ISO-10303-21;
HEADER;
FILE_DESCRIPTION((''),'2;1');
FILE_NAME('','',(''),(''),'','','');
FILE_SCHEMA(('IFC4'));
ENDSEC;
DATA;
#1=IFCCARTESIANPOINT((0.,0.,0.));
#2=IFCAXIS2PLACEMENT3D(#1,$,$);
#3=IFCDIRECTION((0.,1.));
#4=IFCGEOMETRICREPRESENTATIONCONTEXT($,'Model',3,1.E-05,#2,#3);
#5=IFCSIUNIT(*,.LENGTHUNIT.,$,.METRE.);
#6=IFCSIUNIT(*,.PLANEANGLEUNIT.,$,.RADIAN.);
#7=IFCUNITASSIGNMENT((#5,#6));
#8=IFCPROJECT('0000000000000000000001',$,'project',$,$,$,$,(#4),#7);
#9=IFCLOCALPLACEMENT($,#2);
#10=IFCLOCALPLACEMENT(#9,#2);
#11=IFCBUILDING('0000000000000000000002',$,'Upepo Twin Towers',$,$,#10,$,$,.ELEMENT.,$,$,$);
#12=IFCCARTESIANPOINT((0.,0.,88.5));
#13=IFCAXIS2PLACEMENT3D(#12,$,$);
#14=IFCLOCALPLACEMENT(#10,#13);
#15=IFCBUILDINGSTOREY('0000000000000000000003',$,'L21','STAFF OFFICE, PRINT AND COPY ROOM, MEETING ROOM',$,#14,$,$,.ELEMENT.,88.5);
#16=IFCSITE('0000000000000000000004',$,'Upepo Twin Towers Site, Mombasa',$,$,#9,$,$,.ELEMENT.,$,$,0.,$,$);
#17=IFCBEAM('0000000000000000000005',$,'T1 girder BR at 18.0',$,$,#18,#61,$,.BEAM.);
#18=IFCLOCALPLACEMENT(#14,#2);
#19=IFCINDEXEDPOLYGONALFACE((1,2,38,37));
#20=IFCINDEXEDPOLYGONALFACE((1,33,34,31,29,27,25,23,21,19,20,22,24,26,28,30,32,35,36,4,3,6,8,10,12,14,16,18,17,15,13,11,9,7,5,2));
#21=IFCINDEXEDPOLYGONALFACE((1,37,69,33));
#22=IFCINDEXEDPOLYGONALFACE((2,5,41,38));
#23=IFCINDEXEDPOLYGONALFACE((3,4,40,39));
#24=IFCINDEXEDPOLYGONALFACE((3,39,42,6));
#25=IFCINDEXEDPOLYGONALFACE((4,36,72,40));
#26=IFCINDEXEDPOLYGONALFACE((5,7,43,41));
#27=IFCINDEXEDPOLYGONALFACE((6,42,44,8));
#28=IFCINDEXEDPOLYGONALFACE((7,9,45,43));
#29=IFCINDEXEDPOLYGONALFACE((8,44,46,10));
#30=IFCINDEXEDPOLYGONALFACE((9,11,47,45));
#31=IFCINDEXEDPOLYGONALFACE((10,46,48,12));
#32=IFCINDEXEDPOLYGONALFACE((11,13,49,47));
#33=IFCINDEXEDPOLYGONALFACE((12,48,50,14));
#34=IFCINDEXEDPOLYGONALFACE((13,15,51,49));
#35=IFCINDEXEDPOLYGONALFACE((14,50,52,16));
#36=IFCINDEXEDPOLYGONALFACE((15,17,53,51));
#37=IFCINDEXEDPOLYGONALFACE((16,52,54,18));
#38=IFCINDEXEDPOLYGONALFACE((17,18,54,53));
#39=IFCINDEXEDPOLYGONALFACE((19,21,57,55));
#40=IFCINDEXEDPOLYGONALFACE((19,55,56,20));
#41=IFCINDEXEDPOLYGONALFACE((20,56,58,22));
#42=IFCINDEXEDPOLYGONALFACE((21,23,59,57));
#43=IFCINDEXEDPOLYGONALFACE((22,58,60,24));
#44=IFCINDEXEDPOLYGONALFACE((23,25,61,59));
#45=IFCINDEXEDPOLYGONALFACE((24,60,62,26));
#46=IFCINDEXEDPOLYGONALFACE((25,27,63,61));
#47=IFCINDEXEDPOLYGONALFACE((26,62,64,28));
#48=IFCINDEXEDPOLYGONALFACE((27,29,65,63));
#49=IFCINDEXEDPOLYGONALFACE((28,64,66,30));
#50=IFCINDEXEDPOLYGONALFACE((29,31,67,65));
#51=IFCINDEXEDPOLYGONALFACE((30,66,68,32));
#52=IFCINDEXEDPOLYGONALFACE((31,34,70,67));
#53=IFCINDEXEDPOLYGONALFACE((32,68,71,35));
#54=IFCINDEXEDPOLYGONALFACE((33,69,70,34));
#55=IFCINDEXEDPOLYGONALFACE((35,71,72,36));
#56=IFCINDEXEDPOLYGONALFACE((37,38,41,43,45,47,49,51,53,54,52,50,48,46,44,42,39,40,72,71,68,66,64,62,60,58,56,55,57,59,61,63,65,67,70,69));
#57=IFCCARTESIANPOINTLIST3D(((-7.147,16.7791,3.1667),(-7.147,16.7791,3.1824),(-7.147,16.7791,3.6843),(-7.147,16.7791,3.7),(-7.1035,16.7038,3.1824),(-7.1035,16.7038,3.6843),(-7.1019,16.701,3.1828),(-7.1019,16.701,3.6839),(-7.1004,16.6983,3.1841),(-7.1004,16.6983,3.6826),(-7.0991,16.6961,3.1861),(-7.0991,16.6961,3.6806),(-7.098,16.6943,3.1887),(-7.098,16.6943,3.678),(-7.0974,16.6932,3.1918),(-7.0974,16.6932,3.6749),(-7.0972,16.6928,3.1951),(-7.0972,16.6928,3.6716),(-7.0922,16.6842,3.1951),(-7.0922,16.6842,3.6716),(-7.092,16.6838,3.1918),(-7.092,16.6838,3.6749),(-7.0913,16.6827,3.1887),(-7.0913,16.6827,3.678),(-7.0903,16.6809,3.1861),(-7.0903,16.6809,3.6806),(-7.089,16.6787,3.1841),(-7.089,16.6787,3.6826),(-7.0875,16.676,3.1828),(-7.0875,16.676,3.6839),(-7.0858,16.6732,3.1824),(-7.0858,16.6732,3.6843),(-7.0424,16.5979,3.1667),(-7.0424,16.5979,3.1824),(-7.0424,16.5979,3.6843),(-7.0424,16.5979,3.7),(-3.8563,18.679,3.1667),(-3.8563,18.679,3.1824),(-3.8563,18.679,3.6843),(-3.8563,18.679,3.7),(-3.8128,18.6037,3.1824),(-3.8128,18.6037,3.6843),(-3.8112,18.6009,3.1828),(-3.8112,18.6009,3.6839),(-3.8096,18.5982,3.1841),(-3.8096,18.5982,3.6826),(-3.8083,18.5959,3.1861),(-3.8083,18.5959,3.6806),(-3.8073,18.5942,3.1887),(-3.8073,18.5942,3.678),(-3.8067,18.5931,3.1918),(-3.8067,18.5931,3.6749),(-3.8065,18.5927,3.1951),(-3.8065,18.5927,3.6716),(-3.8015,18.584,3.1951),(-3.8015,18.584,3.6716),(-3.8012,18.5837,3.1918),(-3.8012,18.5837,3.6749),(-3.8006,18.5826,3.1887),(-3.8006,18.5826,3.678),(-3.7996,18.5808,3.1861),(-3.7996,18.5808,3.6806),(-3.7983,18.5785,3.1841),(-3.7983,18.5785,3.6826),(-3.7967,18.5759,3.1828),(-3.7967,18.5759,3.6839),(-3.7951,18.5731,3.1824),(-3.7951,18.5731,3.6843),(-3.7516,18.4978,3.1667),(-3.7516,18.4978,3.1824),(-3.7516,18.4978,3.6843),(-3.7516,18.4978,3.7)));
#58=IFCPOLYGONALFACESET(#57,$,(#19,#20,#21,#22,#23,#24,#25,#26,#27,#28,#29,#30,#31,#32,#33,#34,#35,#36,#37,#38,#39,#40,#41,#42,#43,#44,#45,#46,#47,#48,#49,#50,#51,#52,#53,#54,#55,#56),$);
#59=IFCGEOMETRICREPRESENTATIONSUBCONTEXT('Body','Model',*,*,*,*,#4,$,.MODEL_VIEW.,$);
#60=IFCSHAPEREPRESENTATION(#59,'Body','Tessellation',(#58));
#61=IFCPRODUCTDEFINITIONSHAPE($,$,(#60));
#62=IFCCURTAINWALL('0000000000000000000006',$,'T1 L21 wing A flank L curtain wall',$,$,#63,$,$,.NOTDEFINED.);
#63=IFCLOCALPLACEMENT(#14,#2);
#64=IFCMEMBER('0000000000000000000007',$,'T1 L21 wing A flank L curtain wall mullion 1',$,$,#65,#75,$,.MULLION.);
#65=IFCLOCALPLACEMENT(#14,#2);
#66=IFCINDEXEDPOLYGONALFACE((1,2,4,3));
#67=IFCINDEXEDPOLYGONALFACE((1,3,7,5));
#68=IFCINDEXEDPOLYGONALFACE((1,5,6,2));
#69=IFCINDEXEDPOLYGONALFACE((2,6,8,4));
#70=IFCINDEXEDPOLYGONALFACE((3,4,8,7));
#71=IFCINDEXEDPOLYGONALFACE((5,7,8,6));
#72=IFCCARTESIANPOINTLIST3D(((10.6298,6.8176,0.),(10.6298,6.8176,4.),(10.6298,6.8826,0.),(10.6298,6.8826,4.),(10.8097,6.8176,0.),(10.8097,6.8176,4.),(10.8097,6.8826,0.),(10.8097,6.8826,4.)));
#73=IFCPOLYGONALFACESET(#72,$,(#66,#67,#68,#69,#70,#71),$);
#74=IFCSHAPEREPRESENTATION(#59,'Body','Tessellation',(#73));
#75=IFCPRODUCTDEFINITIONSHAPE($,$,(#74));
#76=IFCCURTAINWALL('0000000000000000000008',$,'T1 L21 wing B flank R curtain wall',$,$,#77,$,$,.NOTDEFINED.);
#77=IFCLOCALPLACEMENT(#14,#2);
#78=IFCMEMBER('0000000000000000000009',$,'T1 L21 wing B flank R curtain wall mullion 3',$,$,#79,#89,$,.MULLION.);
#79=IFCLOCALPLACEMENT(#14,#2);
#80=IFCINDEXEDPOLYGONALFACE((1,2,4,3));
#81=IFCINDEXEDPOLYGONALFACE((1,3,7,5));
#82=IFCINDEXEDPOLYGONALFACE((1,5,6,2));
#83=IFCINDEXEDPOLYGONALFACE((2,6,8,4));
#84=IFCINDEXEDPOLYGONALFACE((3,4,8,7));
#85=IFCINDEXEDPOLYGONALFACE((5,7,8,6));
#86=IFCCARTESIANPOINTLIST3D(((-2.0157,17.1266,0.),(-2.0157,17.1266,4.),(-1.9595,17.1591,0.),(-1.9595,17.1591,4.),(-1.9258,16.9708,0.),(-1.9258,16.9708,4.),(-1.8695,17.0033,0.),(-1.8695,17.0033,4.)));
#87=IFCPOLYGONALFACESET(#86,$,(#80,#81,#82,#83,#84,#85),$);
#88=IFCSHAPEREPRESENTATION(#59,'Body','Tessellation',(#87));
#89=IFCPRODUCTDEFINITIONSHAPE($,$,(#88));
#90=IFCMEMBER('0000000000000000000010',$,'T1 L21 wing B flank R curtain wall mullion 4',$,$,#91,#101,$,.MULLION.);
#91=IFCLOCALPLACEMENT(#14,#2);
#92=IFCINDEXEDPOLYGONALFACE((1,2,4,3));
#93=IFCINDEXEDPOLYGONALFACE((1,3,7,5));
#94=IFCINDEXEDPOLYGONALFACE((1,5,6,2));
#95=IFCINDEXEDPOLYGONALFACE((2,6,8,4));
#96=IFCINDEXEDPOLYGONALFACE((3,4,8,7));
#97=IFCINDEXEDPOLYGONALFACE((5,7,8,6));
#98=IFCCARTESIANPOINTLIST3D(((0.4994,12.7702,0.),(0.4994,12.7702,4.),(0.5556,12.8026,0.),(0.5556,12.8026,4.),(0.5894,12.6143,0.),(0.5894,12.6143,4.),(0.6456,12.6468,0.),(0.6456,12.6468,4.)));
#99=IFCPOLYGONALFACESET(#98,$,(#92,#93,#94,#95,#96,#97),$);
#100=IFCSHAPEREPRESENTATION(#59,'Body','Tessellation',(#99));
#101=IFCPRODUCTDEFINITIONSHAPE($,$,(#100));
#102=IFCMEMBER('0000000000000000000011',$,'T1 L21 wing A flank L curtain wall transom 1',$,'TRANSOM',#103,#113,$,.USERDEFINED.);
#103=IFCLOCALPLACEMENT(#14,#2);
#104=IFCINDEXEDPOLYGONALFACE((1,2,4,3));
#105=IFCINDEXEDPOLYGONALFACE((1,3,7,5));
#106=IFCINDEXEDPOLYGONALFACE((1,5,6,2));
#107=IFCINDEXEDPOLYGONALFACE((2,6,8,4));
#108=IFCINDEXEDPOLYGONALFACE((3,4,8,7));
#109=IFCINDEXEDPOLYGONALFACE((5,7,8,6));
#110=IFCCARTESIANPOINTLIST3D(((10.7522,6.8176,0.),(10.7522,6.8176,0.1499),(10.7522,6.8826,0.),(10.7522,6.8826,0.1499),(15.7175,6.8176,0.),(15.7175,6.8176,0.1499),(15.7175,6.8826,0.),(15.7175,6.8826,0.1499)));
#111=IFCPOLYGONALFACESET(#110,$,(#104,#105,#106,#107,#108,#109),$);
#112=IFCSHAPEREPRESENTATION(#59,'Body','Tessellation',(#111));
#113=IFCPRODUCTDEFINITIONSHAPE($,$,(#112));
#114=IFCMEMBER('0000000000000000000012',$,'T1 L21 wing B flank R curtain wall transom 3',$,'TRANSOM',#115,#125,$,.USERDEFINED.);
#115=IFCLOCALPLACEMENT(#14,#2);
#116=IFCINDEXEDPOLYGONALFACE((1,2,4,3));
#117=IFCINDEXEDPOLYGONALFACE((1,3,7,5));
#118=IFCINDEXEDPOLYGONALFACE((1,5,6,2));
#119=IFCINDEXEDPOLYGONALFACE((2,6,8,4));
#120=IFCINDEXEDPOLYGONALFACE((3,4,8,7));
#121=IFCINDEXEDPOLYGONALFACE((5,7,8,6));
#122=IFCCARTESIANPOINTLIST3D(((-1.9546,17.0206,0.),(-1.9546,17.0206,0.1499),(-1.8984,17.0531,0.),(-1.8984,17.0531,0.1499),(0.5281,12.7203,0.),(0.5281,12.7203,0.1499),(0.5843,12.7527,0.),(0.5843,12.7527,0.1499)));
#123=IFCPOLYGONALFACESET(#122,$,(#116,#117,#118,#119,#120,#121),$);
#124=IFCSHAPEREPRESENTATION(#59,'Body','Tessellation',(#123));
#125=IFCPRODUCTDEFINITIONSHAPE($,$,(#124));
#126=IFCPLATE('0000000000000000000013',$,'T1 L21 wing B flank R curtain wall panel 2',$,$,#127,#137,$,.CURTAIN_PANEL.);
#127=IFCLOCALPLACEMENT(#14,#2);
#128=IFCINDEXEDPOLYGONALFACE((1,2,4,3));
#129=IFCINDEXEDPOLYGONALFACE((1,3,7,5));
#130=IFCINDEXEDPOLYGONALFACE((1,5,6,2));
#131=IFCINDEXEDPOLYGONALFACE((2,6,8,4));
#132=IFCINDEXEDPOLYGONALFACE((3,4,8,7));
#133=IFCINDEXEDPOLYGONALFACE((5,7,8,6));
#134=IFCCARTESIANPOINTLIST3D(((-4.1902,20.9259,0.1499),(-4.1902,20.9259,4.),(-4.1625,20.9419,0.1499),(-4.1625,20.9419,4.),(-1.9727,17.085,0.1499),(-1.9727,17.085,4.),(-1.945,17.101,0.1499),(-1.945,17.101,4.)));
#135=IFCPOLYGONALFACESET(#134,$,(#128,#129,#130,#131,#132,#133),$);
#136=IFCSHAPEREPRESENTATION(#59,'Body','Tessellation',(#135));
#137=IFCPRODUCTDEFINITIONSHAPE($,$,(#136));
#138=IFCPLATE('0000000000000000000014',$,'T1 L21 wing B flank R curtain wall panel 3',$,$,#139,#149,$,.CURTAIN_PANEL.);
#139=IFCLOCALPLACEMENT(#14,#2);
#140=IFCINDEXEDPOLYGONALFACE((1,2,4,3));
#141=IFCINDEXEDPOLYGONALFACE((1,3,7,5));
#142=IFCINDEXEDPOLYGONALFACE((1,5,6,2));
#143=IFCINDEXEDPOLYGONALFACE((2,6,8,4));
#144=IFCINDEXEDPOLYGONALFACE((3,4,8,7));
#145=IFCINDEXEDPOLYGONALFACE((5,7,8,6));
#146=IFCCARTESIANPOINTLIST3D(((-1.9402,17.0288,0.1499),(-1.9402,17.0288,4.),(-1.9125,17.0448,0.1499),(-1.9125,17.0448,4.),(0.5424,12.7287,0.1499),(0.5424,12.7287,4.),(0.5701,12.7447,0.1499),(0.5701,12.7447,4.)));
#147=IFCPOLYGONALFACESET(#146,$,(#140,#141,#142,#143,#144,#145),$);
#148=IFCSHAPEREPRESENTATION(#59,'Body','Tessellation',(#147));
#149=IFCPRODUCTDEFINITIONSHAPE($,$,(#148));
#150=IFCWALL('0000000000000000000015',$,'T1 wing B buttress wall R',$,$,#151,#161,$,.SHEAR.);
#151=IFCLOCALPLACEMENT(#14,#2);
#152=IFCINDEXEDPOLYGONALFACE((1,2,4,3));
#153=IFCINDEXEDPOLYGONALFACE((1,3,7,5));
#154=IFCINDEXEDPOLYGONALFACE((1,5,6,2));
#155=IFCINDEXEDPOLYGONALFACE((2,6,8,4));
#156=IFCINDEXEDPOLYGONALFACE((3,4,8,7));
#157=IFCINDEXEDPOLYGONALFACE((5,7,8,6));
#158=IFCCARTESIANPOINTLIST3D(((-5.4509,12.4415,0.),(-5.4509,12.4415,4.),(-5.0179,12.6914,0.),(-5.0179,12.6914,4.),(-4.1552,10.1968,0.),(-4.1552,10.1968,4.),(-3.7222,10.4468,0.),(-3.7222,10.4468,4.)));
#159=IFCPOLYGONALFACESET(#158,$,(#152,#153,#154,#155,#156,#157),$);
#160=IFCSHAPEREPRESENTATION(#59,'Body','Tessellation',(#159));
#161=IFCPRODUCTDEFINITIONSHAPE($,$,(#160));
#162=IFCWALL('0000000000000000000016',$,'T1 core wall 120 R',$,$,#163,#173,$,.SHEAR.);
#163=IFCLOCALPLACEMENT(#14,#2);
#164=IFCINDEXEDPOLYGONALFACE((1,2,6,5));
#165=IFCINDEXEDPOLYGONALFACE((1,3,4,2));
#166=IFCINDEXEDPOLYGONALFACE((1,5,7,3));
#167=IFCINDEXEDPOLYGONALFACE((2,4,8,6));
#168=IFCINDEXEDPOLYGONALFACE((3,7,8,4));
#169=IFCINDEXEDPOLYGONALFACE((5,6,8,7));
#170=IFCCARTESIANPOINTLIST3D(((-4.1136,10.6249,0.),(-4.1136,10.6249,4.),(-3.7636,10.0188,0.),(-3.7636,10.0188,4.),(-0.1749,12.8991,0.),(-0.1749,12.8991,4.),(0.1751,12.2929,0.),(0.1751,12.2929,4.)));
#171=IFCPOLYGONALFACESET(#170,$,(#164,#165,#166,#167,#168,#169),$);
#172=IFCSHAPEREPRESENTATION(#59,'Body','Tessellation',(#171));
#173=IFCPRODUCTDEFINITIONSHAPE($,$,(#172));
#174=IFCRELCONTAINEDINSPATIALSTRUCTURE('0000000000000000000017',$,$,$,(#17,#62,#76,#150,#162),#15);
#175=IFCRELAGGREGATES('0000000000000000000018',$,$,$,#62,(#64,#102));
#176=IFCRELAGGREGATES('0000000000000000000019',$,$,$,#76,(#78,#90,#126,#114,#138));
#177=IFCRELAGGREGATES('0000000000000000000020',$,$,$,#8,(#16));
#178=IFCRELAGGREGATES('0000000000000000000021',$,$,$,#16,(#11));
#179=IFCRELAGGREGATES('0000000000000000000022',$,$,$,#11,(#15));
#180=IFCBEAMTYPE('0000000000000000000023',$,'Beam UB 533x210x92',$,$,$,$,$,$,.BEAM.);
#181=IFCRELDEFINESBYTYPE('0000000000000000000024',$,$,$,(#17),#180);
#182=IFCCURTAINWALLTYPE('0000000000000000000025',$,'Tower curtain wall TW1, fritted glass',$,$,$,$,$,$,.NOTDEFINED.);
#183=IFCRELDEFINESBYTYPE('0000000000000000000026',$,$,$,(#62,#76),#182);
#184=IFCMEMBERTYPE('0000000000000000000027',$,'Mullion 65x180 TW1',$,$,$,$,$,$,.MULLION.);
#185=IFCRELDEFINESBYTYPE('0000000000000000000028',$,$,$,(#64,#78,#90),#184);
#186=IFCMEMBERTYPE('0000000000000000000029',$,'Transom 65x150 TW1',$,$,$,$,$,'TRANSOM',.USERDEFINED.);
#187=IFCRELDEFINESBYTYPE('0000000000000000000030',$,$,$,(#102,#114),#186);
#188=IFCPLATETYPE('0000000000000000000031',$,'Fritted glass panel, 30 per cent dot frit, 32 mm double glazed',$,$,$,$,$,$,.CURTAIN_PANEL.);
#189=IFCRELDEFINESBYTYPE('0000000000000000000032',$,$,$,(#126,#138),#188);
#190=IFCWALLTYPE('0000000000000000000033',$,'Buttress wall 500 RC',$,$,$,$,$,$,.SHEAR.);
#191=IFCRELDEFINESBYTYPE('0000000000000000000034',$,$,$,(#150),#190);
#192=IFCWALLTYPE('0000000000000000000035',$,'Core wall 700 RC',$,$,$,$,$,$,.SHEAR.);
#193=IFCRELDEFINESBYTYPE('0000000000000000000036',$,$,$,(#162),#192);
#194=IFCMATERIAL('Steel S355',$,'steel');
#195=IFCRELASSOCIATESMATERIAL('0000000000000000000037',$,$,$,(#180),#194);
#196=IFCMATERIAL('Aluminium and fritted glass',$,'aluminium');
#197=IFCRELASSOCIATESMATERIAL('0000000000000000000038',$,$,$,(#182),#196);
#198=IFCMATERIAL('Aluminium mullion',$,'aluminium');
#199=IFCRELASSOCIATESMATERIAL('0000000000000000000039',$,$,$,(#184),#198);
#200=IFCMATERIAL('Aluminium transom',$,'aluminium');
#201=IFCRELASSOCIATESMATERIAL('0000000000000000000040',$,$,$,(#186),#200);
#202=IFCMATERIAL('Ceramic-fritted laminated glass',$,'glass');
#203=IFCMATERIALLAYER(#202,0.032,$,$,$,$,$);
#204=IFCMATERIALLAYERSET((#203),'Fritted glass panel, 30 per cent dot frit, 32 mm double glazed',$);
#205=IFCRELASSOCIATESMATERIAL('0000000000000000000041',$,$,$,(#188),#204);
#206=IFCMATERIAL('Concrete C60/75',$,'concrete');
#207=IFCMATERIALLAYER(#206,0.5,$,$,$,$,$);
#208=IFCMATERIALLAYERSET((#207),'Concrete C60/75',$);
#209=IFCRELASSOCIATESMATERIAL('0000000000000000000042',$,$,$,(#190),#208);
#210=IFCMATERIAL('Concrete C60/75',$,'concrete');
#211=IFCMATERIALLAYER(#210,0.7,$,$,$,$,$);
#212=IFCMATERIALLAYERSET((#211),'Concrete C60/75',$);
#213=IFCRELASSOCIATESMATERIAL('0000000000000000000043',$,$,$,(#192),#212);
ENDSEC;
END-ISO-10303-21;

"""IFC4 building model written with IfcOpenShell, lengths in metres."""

from ifc_helpers import new_model, si_unit, direction, frame, frame_2d, origin, origin_2d, place, context, subcontext, project, spatial, rectangle, i_section, extrude, material, layer, layer_set, material_profile, profile_set, type_object, element, aggregate, save


model = new_model("IFC4")

# Units and contexts
model_context = context("Model", 3, precision=1e-05, world=origin(), true_north=direction((0.0, 1.0)))
body_context = subcontext(model_context, "Body", "Model", "MODEL_VIEW")
ifc_project = project(units=[si_unit("LENGTHUNIT", "METRE"), si_unit("PLANEANGLEUNIT", "RADIAN")], contexts=[model_context])

# Site, building, storey
site_placement = place(None, origin())
site = spatial("IfcSite", under=ifc_project, at=site_placement, Name="Upepo Twin Towers Site, Mombasa", CompositionType="ELEMENT", RefElevation=0.0)
building_placement = place(site_placement, origin())
building = spatial("IfcBuilding", under=site, at=building_placement, Name="Upepo Twin Towers", CompositionType="ELEMENT")
storey_placement = place(building_placement, frame((0.0, 0.0, 88.5)))
storey = spatial("IfcBuildingStorey", under=building, at=storey_placement, Name="L21", Description="STAFF OFFICE, PRINT AND COPY ROOM, MEETING ROOM", CompositionType="ELEMENT", Elevation=88.5)

# Beam
ifc_material_1 = material(Name="Steel S355", Category="steel")
ifc_material_profile_1 = material_profile(ifc_material_1, i_section(OverallWidth=0.2092, OverallDepth=0.5332, WebThickness=0.01, FlangeThickness=0.0156, FilletRadius=0.0127, at=origin_2d()), Name="UB 533x210x92")
ifc_profile_set_1 = profile_set([ifc_material_profile_1], Name="Steel S355")
beam_type_1 = type_object("IfcBeamType", Name="Beam UB 533x210x92", PredefinedType="BEAM", material=ifc_profile_set_1)
beam_1_placement = place(storey_placement, frame((-3.804, 18.5884, 3.4333), z_axis=(-0.866028, -0.499995, 0.0), x_axis=(0.499995, -0.866028, 0.0)))
element("IfcBeam", 1, at=beam_1_placement, inside=storey, type_object=beam_type_1, Name="T1 girder BR at 18.0", PredefinedType="BEAM", context=body_context, shape_type="SweptSolid", body=[
    extrude(i_section(OverallWidth=0.2092, OverallDepth=0.5332, WebThickness=0.01, FlangeThickness=0.0156, FilletRadius=0.0127, at=origin_2d()), origin(), (0.0, 0.0, 1.0), 3.7998),
])

# Curtain wall, member
ifc_material_2 = material(Name="Aluminium and fritted glass", Category="aluminium")
curtain_wall_type = type_object("IfcCurtainWallType", Name="Tower curtain wall TW1, fritted glass", PredefinedType="NOTDEFINED", material=ifc_material_2)
curtain_wall_1_placement = place(storey_placement, origin())
curtain_wall_1 = element("IfcCurtainWall", 2, at=curtain_wall_1_placement, inside=storey, type_object=curtain_wall_type, Name="T1 L21 wing A flank L curtain wall", PredefinedType="NOTDEFINED")
ifc_material_3 = material(Name="Aluminium mullion", Category="aluminium")
ifc_material_profile_2 = material_profile(ifc_material_3, rectangle(XDim=0.0649, YDim=0.1799, at=origin_2d()), Name="MULLION 65x180")
ifc_profile_set_2 = profile_set([ifc_material_profile_2], Name="Aluminium mullion")
member_type_1 = type_object("IfcMemberType", Name="Mullion 65x180 TW1", PredefinedType="MULLION", material=ifc_profile_set_2)
member_1_placement = place(storey_placement, frame((10.7197, 6.8501, 0.0), z_axis=(0.0, 0.0, 1.0), x_axis=(0.0, 1.0, 0.0)))
member_1 = element("IfcMember", 3, at=member_1_placement, type_object=member_type_1, Name="T1 L21 wing A flank L curtain wall mullion 1", PredefinedType="MULLION", context=body_context, shape_type="SweptSolid", body=[
    extrude(rectangle(XDim=0.0649, YDim=0.1799, at=origin_2d()), origin(), (0.0, 0.0, 1.0), 4.0),
])

# Curtain wall, members
curtain_wall_2_placement = place(storey_placement, origin())
curtain_wall_2 = element("IfcCurtainWall", 4, at=curtain_wall_2_placement, inside=storey, type_object=curtain_wall_type, Name="T1 L21 wing B flank R curtain wall", PredefinedType="NOTDEFINED")
member_2_placement = place(storey_placement, frame((-1.9426, 17.0649, 0.0), z_axis=(0.0, 0.0, 1.0), x_axis=(0.866025, 0.5, 0.0)))
member_2 = element("IfcMember", 5, at=member_2_placement, type_object=member_type_1, Name="T1 L21 wing B flank R curtain wall mullion 3", PredefinedType="MULLION", context=body_context, shape_type="SweptSolid", body=[
    extrude(rectangle(XDim=0.0649, YDim=0.1799, at=origin_2d()), origin(), (0.0, 0.0, 1.0), 4.0),
])
member_3_placement = place(storey_placement, frame((0.5725, 12.7085, 0.0), z_axis=(0.0, 0.0, 1.0), x_axis=(0.866025, 0.5, 0.0)))
member_3 = element("IfcMember", 6, at=member_3_placement, type_object=member_type_1, Name="T1 L21 wing B flank R curtain wall mullion 4", PredefinedType="MULLION", context=body_context, shape_type="SweptSolid", body=[
    extrude(rectangle(XDim=0.0649, YDim=0.1799, at=origin_2d()), origin(), (0.0, 0.0, 1.0), 4.0),
])

# Members
ifc_material_4 = material(Name="Aluminium transom", Category="aluminium")
ifc_material_profile_3 = material_profile(ifc_material_4, rectangle(XDim=0.0649, YDim=0.1499, at=origin_2d()), Name="TRANSOM 65x150")
ifc_profile_set_3 = profile_set([ifc_material_profile_3], Name="Aluminium transom")
member_type_2 = type_object("IfcMemberType", Name="Transom 65x150 TW1", ElementType="TRANSOM", PredefinedType="USERDEFINED", material=ifc_profile_set_3)
member_4_placement = place(storey_placement, frame((10.7522, 6.8501, 0.075), z_axis=(1.0, 0.0, 0.0), x_axis=(0.0, 1.0, 0.0)))
member_4 = element("IfcMember", 7, at=member_4_placement, type_object=member_type_2, Name="T1 L21 wing A flank L curtain wall transom 1", ObjectType="TRANSOM", PredefinedType="USERDEFINED", context=body_context, shape_type="SweptSolid", body=[
    extrude(rectangle(XDim=0.0649, YDim=0.1499, at=origin_2d()), origin(), (0.0, 0.0, 1.0), 4.9653),
])
aggregate(curtain_wall_1, [member_1, member_4])
member_5_placement = place(storey_placement, frame((-1.9265, 17.0369, 0.075), z_axis=(0.499983, -0.866035, 0.0), x_axis=(0.866035, 0.499983, 0.0)))
member_5 = element("IfcMember", 8, at=member_5_placement, type_object=member_type_2, Name="T1 L21 wing B flank R curtain wall transom 3", ObjectType="TRANSOM", PredefinedType="USERDEFINED", context=body_context, shape_type="SweptSolid", body=[
    extrude(rectangle(XDim=0.0649, YDim=0.1499, at=origin_2d()), origin(), (0.0, 0.0, 1.0), 4.9656),
])

# Plates
ifc_material_5 = material(Name="Ceramic-fritted laminated glass", Category="glass")
ifc_layer_1 = layer(ifc_material_5, 0.032)
ifc_layer_set_1 = layer_set([ifc_layer_1], Name="Fritted glass panel, 30 per cent dot frit, 32 mm double glazed")
plate_type = type_object("IfcPlateType", Name="Fritted glass panel, 30 per cent dot frit, 32 mm double glazed", PredefinedType="CURTAIN_PANEL", material=ifc_layer_set_1)
plate_1_placement = place(storey_placement, frame((-3.0676, 19.0134, 0.1499), z_axis=(0.0, 0.0, 1.0), x_axis=(0.5, -0.866025, 0.0)))
plate_1 = element("IfcPlate", 9, at=plate_1_placement, type_object=plate_type, Name="T1 L21 wing B flank R curtain wall panel 2", PredefinedType="CURTAIN_PANEL", context=body_context, shape_type="SweptSolid", body=[
    extrude(rectangle(XDim=4.4351, YDim=0.032, at=origin_2d()), origin(), (0.0, 0.0, 1.0), 3.8501),
])
plate_2_placement = place(storey_placement, frame((-0.6851, 14.8867, 0.1499), z_axis=(0.0, 0.0, 1.0), x_axis=(0.5, -0.866025, 0.0)))
plate_2 = element("IfcPlate", 10, at=plate_2_placement, type_object=plate_type, Name="T1 L21 wing B flank R curtain wall panel 3", PredefinedType="CURTAIN_PANEL", context=body_context, shape_type="SweptSolid", body=[
    extrude(rectangle(XDim=4.9653, YDim=0.032, at=origin_2d()), origin(), (0.0, 0.0, 1.0), 3.8501),
])
aggregate(curtain_wall_2, [member_2, member_3, plate_1, member_5, plate_2])

# Walls
ifc_material_6 = material(Name="Concrete C60/75", Category="concrete")
ifc_layer_2 = layer(ifc_material_6, 0.5)
ifc_layer_set_2 = layer_set([ifc_layer_2], Name="Concrete C60/75")
wall_type_1 = type_object("IfcWallType", Name="Buttress wall 500 RC", PredefinedType="SHEAR", material=ifc_layer_set_2)
wall_1_placement = place(storey_placement, frame((-3.9387, 10.3218, 0.0), z_axis=(0.0, 0.0, 1.0), x_axis=(-0.499918, 0.866073, 0.0)))
element("IfcWall", 11, at=wall_1_placement, inside=storey, type_object=wall_type_1, Name="T1 wing B buttress wall R", PredefinedType="SHEAR", context=body_context, shape_type="SweptSolid", body=[
    extrude(rectangle(XDim=2.5918, YDim=0.5, at=frame_2d((1.2959, 0.0))), origin(), (0.0, 0.0, 1.0), 4.0),
])
ifc_material_7 = material(Name="Concrete C60/75", Category="concrete")
ifc_layer_3 = layer(ifc_material_7, 0.7)
ifc_layer_set_3 = layer_set([ifc_layer_3], Name="Concrete C60/75")
wall_type_2 = type_object("IfcWallType", Name="Core wall 700 RC", PredefinedType="SHEAR", material=ifc_layer_set_3)
wall_2_placement = place(storey_placement, frame((0.0, 12.5959, 0.0), z_axis=(0.0, 0.0, 1.0), x_axis=(-0.866011, -0.500024, 0.0)))
element("IfcWall", 12, at=wall_2_placement, inside=storey, type_object=wall_type_2, Name="T1 core wall 120 R", PredefinedType="SHEAR", context=body_context, shape_type="SweptSolid", body=[
    extrude(rectangle(XDim=4.5481, YDim=0.7, at=frame_2d((2.2739, 0.0))), origin(), (0.0, 0.0, 1.0), 4.0),
])

save(model, "model.ifc")
